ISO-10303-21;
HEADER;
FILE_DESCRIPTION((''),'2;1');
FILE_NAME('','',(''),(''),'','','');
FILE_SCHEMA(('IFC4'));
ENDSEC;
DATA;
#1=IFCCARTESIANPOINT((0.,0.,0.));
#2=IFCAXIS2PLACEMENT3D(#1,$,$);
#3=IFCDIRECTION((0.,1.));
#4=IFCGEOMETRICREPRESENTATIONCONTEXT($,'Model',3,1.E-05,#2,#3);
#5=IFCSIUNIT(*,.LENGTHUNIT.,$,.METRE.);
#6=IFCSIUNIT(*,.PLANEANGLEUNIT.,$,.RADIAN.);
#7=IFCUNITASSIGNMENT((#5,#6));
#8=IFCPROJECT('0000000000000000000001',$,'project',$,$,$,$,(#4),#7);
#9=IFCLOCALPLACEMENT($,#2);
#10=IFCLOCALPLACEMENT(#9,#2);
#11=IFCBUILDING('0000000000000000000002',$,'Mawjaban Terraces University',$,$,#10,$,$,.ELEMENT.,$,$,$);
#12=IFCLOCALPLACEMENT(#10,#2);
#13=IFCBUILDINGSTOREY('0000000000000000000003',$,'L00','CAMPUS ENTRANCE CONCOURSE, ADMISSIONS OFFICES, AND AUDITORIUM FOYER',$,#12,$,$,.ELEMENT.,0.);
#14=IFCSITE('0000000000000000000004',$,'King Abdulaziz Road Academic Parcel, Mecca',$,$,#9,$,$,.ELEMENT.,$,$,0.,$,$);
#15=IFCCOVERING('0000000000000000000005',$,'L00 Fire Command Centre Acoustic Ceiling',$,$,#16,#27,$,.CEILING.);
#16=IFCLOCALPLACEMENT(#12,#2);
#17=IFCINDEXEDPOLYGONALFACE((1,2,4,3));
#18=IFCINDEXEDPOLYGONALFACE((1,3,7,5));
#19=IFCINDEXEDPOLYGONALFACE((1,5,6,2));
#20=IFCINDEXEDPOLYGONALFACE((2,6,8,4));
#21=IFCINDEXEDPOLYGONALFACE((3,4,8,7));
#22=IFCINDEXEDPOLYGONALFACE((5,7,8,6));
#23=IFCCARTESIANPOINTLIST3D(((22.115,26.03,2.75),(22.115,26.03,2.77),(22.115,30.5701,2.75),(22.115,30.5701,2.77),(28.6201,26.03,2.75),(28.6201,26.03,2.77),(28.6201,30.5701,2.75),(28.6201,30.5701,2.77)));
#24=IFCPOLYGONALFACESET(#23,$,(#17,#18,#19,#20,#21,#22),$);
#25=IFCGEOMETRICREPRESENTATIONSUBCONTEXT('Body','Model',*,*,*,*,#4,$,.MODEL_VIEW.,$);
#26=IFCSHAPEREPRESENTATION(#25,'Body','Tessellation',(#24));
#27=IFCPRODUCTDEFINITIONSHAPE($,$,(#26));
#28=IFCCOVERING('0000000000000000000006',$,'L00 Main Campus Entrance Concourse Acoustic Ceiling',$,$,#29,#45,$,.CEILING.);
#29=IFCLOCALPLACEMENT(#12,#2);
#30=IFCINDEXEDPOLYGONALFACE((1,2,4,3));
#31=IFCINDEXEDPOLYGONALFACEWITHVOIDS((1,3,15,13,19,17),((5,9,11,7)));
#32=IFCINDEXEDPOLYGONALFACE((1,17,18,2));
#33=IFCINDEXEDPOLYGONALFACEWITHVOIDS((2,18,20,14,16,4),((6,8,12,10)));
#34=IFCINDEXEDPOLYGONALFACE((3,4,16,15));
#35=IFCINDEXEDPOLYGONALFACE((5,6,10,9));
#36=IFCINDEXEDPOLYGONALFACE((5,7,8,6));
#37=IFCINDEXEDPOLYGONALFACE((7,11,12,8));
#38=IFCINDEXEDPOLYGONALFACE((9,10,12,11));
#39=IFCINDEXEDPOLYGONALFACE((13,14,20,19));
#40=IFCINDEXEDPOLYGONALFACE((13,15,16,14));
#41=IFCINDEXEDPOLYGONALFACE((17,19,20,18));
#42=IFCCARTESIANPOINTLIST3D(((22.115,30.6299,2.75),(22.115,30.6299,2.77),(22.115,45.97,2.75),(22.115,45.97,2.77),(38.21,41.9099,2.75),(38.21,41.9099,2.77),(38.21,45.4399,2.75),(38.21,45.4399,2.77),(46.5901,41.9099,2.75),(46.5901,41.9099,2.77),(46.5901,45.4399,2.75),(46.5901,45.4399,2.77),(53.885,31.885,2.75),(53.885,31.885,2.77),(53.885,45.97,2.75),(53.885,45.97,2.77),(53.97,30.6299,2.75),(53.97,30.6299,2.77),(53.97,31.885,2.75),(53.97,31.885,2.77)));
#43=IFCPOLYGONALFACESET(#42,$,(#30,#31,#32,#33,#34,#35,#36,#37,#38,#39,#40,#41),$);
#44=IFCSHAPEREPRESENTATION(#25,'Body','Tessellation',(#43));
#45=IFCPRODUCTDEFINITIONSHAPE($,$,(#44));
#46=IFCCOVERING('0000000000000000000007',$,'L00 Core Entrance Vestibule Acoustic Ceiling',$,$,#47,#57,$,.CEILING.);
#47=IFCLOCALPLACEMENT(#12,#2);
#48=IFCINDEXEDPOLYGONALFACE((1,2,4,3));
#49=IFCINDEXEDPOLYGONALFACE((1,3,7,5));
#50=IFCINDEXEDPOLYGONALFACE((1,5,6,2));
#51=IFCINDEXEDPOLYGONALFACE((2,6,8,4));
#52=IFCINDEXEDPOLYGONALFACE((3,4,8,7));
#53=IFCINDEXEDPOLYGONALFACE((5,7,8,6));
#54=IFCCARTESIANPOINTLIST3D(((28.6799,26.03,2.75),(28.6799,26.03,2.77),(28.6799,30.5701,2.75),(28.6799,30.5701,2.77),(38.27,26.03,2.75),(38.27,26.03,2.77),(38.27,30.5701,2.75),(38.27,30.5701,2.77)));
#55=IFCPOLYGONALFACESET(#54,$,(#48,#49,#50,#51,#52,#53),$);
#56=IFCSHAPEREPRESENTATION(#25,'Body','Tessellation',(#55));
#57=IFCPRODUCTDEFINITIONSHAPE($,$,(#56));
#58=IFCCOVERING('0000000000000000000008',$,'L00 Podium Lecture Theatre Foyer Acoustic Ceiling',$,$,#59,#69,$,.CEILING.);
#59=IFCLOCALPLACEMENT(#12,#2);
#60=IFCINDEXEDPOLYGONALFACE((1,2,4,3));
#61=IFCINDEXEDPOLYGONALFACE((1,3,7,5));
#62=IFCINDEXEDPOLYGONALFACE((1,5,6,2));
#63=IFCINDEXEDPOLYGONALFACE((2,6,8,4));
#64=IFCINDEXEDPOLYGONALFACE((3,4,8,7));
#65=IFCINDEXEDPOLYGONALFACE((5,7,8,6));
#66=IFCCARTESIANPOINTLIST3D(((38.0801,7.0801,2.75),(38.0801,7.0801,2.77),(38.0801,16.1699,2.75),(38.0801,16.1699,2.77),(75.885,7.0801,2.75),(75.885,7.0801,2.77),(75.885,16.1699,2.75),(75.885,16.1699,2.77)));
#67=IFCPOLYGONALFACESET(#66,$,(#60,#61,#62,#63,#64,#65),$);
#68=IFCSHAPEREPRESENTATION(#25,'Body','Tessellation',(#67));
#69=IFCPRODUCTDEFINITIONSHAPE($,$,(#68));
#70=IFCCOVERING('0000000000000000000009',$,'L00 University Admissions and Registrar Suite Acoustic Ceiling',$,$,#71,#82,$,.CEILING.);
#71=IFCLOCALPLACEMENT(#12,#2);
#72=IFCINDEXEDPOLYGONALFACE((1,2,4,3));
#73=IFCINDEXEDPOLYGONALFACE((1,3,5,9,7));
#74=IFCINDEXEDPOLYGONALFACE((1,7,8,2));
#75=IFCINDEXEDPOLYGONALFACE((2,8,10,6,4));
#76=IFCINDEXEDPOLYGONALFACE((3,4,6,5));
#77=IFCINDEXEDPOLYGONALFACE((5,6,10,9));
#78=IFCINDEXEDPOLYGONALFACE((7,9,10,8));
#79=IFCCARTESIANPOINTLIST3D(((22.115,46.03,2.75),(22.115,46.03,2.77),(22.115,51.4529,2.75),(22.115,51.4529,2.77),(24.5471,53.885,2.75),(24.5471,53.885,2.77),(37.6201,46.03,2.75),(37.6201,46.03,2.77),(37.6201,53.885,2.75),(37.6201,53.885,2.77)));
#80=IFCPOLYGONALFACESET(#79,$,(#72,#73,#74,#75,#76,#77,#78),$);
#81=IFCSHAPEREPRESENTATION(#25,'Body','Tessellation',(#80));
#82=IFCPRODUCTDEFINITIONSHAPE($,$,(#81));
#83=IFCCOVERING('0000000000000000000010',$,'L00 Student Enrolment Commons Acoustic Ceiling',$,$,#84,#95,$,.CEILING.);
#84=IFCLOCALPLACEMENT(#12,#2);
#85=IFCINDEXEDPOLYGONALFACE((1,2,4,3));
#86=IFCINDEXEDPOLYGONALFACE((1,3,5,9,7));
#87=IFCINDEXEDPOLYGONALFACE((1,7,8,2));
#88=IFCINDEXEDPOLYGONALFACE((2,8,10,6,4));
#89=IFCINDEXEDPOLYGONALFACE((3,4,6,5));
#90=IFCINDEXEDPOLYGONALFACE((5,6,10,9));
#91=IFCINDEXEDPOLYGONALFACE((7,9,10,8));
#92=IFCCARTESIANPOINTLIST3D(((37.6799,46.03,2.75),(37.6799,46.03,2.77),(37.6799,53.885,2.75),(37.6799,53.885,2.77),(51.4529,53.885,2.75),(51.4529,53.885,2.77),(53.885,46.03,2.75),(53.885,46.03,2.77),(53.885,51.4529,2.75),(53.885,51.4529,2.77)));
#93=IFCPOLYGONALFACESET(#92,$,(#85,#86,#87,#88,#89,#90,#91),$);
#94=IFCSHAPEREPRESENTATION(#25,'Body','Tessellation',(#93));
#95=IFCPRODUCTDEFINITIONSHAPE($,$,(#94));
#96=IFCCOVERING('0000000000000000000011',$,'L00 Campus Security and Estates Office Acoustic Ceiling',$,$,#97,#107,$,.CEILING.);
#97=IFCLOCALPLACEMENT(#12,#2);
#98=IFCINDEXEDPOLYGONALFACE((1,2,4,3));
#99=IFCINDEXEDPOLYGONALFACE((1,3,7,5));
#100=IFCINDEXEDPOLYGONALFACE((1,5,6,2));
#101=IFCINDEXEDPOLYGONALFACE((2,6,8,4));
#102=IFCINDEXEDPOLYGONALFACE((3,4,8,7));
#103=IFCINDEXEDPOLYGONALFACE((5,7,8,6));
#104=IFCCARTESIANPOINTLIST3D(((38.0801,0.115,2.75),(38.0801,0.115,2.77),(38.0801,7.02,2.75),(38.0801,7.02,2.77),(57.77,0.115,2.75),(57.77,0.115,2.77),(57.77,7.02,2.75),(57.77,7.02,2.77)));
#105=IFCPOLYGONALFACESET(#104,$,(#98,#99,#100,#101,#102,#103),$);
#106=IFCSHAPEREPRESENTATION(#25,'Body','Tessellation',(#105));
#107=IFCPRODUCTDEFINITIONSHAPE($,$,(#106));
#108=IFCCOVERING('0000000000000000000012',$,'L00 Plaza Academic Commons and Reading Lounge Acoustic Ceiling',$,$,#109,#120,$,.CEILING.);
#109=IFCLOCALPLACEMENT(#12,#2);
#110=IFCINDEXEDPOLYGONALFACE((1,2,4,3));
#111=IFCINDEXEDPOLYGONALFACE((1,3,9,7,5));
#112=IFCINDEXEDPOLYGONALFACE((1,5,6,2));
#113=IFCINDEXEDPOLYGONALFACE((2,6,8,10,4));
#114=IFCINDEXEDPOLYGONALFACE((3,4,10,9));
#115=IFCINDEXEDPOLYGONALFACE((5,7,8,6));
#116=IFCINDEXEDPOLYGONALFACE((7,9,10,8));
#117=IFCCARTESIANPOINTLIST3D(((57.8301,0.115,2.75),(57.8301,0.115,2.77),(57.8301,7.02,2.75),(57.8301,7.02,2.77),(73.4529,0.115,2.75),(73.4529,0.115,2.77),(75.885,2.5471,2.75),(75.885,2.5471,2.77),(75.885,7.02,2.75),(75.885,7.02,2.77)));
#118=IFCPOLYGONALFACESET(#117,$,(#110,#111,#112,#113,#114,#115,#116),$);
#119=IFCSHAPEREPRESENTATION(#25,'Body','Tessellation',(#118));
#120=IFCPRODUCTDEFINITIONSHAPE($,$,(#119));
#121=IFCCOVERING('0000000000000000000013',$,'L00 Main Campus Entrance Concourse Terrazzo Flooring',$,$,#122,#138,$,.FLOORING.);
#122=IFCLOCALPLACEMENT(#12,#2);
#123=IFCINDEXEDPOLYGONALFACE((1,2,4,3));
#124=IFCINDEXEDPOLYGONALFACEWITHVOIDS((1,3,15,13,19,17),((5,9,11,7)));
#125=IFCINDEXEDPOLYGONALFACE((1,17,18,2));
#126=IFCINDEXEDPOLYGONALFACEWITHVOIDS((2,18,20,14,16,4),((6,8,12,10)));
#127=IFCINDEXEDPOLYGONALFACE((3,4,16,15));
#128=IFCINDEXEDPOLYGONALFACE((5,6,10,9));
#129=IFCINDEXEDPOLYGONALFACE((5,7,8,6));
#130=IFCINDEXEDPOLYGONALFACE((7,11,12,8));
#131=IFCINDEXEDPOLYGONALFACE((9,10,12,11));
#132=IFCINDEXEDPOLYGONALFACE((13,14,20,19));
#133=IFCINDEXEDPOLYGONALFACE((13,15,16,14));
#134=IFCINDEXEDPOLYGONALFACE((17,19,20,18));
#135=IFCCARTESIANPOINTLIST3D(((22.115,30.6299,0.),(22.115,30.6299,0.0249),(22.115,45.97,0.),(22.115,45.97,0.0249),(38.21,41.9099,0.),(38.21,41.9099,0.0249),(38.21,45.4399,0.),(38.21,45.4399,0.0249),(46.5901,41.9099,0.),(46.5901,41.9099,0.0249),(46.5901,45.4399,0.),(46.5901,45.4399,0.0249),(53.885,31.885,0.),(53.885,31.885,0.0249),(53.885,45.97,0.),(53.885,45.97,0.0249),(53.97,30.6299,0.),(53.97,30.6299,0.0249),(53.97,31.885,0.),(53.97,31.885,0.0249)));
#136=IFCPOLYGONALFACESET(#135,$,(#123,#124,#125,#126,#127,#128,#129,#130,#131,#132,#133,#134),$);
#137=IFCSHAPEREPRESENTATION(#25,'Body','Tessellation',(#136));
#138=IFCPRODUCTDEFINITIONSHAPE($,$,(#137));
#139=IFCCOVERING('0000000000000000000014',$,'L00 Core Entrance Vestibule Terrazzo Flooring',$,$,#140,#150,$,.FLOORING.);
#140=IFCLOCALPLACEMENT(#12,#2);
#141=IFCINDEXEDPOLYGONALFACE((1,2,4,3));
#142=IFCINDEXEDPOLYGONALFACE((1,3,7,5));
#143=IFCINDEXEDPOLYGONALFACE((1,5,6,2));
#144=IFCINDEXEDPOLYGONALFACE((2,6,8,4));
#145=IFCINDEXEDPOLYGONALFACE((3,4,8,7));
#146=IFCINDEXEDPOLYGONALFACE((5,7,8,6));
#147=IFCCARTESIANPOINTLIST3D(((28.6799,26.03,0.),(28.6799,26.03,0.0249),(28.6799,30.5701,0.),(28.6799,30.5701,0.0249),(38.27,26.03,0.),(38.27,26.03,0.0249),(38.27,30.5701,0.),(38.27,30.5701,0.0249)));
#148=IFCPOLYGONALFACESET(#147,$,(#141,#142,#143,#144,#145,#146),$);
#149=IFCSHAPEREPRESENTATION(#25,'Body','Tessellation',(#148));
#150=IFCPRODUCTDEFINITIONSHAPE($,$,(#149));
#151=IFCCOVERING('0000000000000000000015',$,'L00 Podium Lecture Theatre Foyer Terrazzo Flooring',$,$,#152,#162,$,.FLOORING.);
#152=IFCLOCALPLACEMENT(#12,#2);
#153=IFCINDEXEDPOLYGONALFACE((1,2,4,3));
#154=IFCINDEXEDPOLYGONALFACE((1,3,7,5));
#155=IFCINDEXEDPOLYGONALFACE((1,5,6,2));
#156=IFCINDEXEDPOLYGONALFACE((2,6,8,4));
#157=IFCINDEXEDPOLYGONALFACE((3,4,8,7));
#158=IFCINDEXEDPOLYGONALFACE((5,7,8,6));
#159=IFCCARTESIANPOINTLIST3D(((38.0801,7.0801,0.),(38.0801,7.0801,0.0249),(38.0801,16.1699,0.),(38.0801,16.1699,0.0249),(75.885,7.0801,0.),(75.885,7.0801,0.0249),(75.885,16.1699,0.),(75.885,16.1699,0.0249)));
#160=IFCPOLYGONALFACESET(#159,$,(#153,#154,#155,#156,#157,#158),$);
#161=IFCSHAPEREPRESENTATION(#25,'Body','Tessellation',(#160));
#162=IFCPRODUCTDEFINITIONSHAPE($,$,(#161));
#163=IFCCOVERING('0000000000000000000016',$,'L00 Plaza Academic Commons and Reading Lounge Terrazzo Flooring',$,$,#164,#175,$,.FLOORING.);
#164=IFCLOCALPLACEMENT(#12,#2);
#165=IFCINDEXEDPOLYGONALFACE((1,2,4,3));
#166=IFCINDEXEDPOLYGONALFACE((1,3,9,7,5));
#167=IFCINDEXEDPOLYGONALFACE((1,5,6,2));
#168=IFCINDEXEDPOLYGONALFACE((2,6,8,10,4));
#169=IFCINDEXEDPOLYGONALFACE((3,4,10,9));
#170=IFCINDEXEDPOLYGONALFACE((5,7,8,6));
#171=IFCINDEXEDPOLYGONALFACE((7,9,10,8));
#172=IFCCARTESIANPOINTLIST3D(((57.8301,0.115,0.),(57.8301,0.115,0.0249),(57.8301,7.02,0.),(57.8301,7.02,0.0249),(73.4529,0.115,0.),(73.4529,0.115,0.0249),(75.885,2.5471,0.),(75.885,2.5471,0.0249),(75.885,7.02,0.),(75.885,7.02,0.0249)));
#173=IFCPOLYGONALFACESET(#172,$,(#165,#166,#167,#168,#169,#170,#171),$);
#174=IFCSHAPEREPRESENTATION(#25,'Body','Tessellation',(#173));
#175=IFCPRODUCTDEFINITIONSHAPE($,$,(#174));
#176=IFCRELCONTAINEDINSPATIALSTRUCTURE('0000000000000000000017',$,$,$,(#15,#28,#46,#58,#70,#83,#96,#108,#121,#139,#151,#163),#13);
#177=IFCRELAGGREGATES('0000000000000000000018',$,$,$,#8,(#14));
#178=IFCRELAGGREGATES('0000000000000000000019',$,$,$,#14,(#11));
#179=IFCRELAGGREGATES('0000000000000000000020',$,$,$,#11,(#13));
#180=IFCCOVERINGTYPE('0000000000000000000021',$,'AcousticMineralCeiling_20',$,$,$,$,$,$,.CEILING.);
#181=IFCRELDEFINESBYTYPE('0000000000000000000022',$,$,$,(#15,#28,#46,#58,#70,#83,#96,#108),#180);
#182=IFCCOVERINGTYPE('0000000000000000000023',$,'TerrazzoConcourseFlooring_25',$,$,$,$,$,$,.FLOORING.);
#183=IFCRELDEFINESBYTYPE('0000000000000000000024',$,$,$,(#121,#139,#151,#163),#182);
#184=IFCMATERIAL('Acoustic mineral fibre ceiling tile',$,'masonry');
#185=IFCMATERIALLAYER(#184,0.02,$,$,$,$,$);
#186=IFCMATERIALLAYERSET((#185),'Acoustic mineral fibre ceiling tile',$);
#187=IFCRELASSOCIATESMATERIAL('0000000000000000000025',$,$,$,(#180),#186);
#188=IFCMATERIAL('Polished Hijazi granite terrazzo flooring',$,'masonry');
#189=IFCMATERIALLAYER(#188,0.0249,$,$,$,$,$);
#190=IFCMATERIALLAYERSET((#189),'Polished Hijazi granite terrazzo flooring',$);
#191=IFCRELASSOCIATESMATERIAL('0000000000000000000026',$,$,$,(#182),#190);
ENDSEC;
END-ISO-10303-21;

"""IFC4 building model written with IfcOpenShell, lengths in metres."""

from ifc_helpers import new_model, si_unit, direction, frame, origin, place, context, subcontext, project, spatial, polyline, outline, extrude, material, layer, layer_set, type_object, element, save


model = new_model("IFC4")

# Units and contexts
model_context = context("Model", 3, precision=1e-05, world=origin(), true_north=direction((0.0, 1.0)))
body_context = subcontext(model_context, "Body", "Model", "MODEL_VIEW")
ifc_project = project(units=[si_unit("LENGTHUNIT", "METRE"), si_unit("PLANEANGLEUNIT", "RADIAN")], contexts=[model_context])

# Site, building, storey
site_placement = place(None, origin())
site = spatial("IfcSite", under=ifc_project, at=site_placement, Name="King Abdulaziz Road Academic Parcel, Mecca", CompositionType="ELEMENT", RefElevation=0.0)
building_placement = place(site_placement, origin())
building = spatial("IfcBuilding", under=site, at=building_placement, Name="Mawjaban Terraces University", CompositionType="ELEMENT")
storey_placement = place(building_placement, origin())
storey = spatial("IfcBuildingStorey", under=building, at=storey_placement, Name="L00", Description="CAMPUS ENTRANCE CONCOURSE, ADMISSIONS OFFICES, AND AUDITORIUM FOYER", CompositionType="ELEMENT", Elevation=0.0)

# Coverings
ifc_material_1 = material(Name="Acoustic mineral fibre ceiling tile", Category="masonry")
ifc_layer_1 = layer(ifc_material_1, 0.02)
ifc_layer_set_1 = layer_set([ifc_layer_1], Name="Acoustic mineral fibre ceiling tile")
covering_type_1 = type_object("IfcCoveringType", Name="AcousticMineralCeiling_20", PredefinedType="CEILING", material=ifc_layer_set_1)
covering_1_placement = place(storey_placement, frame((0.0, 0.0, 2.75)))
element("IfcCovering", 1, at=covering_1_placement, inside=storey, type_object=covering_type_1, Name="L00 Fire Command Centre Acoustic Ceiling", PredefinedType="CEILING", context=body_context, shape_type="SweptSolid", body=[
    extrude(outline(polyline([(22.115, 30.5701), (22.115, 26.03), (28.6201, 26.03), (28.6201, 30.5701), (22.115, 30.5701)])), origin(), (0.0, 0.0, 1.0), 0.02),
])
covering_2_placement = place(storey_placement, frame((0.0, 0.0, 2.75)))
element("IfcCovering", 2, at=covering_2_placement, inside=storey, type_object=covering_type_1, Name="L00 Main Campus Entrance Concourse Acoustic Ceiling", PredefinedType="CEILING", context=body_context, shape_type="SweptSolid", body=[
    extrude(outline(polyline([(53.885, 31.885), (53.885, 45.97), (22.115, 45.97), (22.115, 30.6299), (53.97, 30.6299), (53.97, 31.885), (53.885, 31.885)]), holes=[polyline([(46.5901, 45.4399), (46.5901, 41.9099), (38.21, 41.9099), (38.21, 45.4399), (46.5901, 45.4399)])]), origin(), (0.0, 0.0, 1.0), 0.02),
])
covering_3_placement = place(storey_placement, frame((0.0, 0.0, 2.75)))
element("IfcCovering", 3, at=covering_3_placement, inside=storey, type_object=covering_type_1, Name="L00 Core Entrance Vestibule Acoustic Ceiling", PredefinedType="CEILING", context=body_context, shape_type="SweptSolid", body=[
    extrude(outline(polyline([(38.27, 26.03), (38.27, 30.5701), (28.6799, 30.5701), (28.6799, 26.03), (38.27, 26.03)])), origin(), (0.0, 0.0, 1.0), 0.02),
])
covering_4_placement = place(storey_placement, frame((0.0, 0.0, 2.75)))
element("IfcCovering", 4, at=covering_4_placement, inside=storey, type_object=covering_type_1, Name="L00 Podium Lecture Theatre Foyer Acoustic Ceiling", PredefinedType="CEILING", context=body_context, shape_type="SweptSolid", body=[
    extrude(outline(polyline([(38.0801, 16.1699), (38.0801, 7.0801), (75.885, 7.0801), (75.885, 16.1699), (38.0801, 16.1699)])), origin(), (0.0, 0.0, 1.0), 0.02),
])
covering_5_placement = place(storey_placement, frame((0.0, 0.0, 2.75)))
element("IfcCovering", 5, at=covering_5_placement, inside=storey, type_object=covering_type_1, Name="L00 University Admissions and Registrar Suite Acoustic Ceiling", PredefinedType="CEILING", context=body_context, shape_type="SweptSolid", body=[
    extrude(outline(polyline([(37.6201, 53.885), (24.5471, 53.885), (22.115, 51.4529), (22.115, 46.03), (37.6201, 46.03), (37.6201, 53.885)])), origin(), (0.0, 0.0, 1.0), 0.02),
])
covering_6_placement = place(storey_placement, frame((0.0, 0.0, 2.75)))
element("IfcCovering", 6, at=covering_6_placement, inside=storey, type_object=covering_type_1, Name="L00 Student Enrolment Commons Acoustic Ceiling", PredefinedType="CEILING", context=body_context, shape_type="SweptSolid", body=[
    extrude(outline(polyline([(53.885, 46.03), (53.885, 51.4529), (51.4529, 53.885), (37.6799, 53.885), (37.6799, 46.03), (53.885, 46.03)])), origin(), (0.0, 0.0, 1.0), 0.02),
])
covering_7_placement = place(storey_placement, frame((0.0, 0.0, 2.75)))
element("IfcCovering", 7, at=covering_7_placement, inside=storey, type_object=covering_type_1, Name="L00 Campus Security and Estates Office Acoustic Ceiling", PredefinedType="CEILING", context=body_context, shape_type="SweptSolid", body=[
    extrude(outline(polyline([(38.0801, 0.115), (57.77, 0.115), (57.77, 7.02), (38.0801, 7.02), (38.0801, 0.115)])), origin(), (0.0, 0.0, 1.0), 0.02),
])
covering_8_placement = place(storey_placement, frame((0.0, 0.0, 2.75)))
element("IfcCovering", 8, at=covering_8_placement, inside=storey, type_object=covering_type_1, Name="L00 Plaza Academic Commons and Reading Lounge Acoustic Ceiling", PredefinedType="CEILING", context=body_context, shape_type="SweptSolid", body=[
    extrude(outline(polyline([(57.8301, 0.115), (73.4529, 0.115), (75.885, 2.5471), (75.885, 7.02), (57.8301, 7.02), (57.8301, 0.115)])), origin(), (0.0, 0.0, 1.0), 0.02),
])
ifc_material_2 = material(Name="Polished Hijazi granite terrazzo flooring", Category="masonry")
ifc_layer_2 = layer(ifc_material_2, 0.0249)
ifc_layer_set_2 = layer_set([ifc_layer_2], Name="Polished Hijazi granite terrazzo flooring")
covering_type_2 = type_object("IfcCoveringType", Name="TerrazzoConcourseFlooring_25", PredefinedType="FLOORING", material=ifc_layer_set_2)
covering_9_placement = place(storey_placement, origin())
element("IfcCovering", 9, at=covering_9_placement, inside=storey, type_object=covering_type_2, Name="L00 Main Campus Entrance Concourse Terrazzo Flooring", PredefinedType="FLOORING", context=body_context, shape_type="SweptSolid", body=[
    extrude(outline(polyline([(53.885, 31.885), (53.885, 45.97), (22.115, 45.97), (22.115, 30.6299), (53.97, 30.6299), (53.97, 31.885), (53.885, 31.885)]), holes=[polyline([(46.5901, 45.4399), (46.5901, 41.9099), (38.21, 41.9099), (38.21, 45.4399), (46.5901, 45.4399)])]), origin(), (0.0, 0.0, 1.0), 0.0249),
])
covering_10_placement = place(storey_placement, origin())
element("IfcCovering", 10, at=covering_10_placement, inside=storey, type_object=covering_type_2, Name="L00 Core Entrance Vestibule Terrazzo Flooring", PredefinedType="FLOORING", context=body_context, shape_type="SweptSolid", body=[
    extrude(outline(polyline([(38.27, 26.03), (38.27, 30.5701), (28.6799, 30.5701), (28.6799, 26.03), (38.27, 26.03)])), origin(), (0.0, 0.0, 1.0), 0.0249),
])
covering_11_placement = place(storey_placement, origin())
element("IfcCovering", 11, at=covering_11_placement, inside=storey, type_object=covering_type_2, Name="L00 Podium Lecture Theatre Foyer Terrazzo Flooring", PredefinedType="FLOORING", context=body_context, shape_type="SweptSolid", body=[
    extrude(outline(polyline([(38.0801, 16.1699), (38.0801, 7.0801), (75.885, 7.0801), (75.885, 16.1699), (38.0801, 16.1699)])), origin(), (0.0, 0.0, 1.0), 0.0249),
])
covering_12_placement = place(storey_placement, origin())
element("IfcCovering", 12, at=covering_12_placement, inside=storey, type_object=covering_type_2, Name="L00 Plaza Academic Commons and Reading Lounge Terrazzo Flooring", PredefinedType="FLOORING", context=body_context, shape_type="SweptSolid", body=[
    extrude(outline(polyline([(57.8301, 0.115), (73.4529, 0.115), (75.885, 2.5471), (75.885, 7.02), (57.8301, 7.02), (57.8301, 0.115)])), origin(), (0.0, 0.0, 1.0), 0.0249),
])

save(model, "model.ifc")
